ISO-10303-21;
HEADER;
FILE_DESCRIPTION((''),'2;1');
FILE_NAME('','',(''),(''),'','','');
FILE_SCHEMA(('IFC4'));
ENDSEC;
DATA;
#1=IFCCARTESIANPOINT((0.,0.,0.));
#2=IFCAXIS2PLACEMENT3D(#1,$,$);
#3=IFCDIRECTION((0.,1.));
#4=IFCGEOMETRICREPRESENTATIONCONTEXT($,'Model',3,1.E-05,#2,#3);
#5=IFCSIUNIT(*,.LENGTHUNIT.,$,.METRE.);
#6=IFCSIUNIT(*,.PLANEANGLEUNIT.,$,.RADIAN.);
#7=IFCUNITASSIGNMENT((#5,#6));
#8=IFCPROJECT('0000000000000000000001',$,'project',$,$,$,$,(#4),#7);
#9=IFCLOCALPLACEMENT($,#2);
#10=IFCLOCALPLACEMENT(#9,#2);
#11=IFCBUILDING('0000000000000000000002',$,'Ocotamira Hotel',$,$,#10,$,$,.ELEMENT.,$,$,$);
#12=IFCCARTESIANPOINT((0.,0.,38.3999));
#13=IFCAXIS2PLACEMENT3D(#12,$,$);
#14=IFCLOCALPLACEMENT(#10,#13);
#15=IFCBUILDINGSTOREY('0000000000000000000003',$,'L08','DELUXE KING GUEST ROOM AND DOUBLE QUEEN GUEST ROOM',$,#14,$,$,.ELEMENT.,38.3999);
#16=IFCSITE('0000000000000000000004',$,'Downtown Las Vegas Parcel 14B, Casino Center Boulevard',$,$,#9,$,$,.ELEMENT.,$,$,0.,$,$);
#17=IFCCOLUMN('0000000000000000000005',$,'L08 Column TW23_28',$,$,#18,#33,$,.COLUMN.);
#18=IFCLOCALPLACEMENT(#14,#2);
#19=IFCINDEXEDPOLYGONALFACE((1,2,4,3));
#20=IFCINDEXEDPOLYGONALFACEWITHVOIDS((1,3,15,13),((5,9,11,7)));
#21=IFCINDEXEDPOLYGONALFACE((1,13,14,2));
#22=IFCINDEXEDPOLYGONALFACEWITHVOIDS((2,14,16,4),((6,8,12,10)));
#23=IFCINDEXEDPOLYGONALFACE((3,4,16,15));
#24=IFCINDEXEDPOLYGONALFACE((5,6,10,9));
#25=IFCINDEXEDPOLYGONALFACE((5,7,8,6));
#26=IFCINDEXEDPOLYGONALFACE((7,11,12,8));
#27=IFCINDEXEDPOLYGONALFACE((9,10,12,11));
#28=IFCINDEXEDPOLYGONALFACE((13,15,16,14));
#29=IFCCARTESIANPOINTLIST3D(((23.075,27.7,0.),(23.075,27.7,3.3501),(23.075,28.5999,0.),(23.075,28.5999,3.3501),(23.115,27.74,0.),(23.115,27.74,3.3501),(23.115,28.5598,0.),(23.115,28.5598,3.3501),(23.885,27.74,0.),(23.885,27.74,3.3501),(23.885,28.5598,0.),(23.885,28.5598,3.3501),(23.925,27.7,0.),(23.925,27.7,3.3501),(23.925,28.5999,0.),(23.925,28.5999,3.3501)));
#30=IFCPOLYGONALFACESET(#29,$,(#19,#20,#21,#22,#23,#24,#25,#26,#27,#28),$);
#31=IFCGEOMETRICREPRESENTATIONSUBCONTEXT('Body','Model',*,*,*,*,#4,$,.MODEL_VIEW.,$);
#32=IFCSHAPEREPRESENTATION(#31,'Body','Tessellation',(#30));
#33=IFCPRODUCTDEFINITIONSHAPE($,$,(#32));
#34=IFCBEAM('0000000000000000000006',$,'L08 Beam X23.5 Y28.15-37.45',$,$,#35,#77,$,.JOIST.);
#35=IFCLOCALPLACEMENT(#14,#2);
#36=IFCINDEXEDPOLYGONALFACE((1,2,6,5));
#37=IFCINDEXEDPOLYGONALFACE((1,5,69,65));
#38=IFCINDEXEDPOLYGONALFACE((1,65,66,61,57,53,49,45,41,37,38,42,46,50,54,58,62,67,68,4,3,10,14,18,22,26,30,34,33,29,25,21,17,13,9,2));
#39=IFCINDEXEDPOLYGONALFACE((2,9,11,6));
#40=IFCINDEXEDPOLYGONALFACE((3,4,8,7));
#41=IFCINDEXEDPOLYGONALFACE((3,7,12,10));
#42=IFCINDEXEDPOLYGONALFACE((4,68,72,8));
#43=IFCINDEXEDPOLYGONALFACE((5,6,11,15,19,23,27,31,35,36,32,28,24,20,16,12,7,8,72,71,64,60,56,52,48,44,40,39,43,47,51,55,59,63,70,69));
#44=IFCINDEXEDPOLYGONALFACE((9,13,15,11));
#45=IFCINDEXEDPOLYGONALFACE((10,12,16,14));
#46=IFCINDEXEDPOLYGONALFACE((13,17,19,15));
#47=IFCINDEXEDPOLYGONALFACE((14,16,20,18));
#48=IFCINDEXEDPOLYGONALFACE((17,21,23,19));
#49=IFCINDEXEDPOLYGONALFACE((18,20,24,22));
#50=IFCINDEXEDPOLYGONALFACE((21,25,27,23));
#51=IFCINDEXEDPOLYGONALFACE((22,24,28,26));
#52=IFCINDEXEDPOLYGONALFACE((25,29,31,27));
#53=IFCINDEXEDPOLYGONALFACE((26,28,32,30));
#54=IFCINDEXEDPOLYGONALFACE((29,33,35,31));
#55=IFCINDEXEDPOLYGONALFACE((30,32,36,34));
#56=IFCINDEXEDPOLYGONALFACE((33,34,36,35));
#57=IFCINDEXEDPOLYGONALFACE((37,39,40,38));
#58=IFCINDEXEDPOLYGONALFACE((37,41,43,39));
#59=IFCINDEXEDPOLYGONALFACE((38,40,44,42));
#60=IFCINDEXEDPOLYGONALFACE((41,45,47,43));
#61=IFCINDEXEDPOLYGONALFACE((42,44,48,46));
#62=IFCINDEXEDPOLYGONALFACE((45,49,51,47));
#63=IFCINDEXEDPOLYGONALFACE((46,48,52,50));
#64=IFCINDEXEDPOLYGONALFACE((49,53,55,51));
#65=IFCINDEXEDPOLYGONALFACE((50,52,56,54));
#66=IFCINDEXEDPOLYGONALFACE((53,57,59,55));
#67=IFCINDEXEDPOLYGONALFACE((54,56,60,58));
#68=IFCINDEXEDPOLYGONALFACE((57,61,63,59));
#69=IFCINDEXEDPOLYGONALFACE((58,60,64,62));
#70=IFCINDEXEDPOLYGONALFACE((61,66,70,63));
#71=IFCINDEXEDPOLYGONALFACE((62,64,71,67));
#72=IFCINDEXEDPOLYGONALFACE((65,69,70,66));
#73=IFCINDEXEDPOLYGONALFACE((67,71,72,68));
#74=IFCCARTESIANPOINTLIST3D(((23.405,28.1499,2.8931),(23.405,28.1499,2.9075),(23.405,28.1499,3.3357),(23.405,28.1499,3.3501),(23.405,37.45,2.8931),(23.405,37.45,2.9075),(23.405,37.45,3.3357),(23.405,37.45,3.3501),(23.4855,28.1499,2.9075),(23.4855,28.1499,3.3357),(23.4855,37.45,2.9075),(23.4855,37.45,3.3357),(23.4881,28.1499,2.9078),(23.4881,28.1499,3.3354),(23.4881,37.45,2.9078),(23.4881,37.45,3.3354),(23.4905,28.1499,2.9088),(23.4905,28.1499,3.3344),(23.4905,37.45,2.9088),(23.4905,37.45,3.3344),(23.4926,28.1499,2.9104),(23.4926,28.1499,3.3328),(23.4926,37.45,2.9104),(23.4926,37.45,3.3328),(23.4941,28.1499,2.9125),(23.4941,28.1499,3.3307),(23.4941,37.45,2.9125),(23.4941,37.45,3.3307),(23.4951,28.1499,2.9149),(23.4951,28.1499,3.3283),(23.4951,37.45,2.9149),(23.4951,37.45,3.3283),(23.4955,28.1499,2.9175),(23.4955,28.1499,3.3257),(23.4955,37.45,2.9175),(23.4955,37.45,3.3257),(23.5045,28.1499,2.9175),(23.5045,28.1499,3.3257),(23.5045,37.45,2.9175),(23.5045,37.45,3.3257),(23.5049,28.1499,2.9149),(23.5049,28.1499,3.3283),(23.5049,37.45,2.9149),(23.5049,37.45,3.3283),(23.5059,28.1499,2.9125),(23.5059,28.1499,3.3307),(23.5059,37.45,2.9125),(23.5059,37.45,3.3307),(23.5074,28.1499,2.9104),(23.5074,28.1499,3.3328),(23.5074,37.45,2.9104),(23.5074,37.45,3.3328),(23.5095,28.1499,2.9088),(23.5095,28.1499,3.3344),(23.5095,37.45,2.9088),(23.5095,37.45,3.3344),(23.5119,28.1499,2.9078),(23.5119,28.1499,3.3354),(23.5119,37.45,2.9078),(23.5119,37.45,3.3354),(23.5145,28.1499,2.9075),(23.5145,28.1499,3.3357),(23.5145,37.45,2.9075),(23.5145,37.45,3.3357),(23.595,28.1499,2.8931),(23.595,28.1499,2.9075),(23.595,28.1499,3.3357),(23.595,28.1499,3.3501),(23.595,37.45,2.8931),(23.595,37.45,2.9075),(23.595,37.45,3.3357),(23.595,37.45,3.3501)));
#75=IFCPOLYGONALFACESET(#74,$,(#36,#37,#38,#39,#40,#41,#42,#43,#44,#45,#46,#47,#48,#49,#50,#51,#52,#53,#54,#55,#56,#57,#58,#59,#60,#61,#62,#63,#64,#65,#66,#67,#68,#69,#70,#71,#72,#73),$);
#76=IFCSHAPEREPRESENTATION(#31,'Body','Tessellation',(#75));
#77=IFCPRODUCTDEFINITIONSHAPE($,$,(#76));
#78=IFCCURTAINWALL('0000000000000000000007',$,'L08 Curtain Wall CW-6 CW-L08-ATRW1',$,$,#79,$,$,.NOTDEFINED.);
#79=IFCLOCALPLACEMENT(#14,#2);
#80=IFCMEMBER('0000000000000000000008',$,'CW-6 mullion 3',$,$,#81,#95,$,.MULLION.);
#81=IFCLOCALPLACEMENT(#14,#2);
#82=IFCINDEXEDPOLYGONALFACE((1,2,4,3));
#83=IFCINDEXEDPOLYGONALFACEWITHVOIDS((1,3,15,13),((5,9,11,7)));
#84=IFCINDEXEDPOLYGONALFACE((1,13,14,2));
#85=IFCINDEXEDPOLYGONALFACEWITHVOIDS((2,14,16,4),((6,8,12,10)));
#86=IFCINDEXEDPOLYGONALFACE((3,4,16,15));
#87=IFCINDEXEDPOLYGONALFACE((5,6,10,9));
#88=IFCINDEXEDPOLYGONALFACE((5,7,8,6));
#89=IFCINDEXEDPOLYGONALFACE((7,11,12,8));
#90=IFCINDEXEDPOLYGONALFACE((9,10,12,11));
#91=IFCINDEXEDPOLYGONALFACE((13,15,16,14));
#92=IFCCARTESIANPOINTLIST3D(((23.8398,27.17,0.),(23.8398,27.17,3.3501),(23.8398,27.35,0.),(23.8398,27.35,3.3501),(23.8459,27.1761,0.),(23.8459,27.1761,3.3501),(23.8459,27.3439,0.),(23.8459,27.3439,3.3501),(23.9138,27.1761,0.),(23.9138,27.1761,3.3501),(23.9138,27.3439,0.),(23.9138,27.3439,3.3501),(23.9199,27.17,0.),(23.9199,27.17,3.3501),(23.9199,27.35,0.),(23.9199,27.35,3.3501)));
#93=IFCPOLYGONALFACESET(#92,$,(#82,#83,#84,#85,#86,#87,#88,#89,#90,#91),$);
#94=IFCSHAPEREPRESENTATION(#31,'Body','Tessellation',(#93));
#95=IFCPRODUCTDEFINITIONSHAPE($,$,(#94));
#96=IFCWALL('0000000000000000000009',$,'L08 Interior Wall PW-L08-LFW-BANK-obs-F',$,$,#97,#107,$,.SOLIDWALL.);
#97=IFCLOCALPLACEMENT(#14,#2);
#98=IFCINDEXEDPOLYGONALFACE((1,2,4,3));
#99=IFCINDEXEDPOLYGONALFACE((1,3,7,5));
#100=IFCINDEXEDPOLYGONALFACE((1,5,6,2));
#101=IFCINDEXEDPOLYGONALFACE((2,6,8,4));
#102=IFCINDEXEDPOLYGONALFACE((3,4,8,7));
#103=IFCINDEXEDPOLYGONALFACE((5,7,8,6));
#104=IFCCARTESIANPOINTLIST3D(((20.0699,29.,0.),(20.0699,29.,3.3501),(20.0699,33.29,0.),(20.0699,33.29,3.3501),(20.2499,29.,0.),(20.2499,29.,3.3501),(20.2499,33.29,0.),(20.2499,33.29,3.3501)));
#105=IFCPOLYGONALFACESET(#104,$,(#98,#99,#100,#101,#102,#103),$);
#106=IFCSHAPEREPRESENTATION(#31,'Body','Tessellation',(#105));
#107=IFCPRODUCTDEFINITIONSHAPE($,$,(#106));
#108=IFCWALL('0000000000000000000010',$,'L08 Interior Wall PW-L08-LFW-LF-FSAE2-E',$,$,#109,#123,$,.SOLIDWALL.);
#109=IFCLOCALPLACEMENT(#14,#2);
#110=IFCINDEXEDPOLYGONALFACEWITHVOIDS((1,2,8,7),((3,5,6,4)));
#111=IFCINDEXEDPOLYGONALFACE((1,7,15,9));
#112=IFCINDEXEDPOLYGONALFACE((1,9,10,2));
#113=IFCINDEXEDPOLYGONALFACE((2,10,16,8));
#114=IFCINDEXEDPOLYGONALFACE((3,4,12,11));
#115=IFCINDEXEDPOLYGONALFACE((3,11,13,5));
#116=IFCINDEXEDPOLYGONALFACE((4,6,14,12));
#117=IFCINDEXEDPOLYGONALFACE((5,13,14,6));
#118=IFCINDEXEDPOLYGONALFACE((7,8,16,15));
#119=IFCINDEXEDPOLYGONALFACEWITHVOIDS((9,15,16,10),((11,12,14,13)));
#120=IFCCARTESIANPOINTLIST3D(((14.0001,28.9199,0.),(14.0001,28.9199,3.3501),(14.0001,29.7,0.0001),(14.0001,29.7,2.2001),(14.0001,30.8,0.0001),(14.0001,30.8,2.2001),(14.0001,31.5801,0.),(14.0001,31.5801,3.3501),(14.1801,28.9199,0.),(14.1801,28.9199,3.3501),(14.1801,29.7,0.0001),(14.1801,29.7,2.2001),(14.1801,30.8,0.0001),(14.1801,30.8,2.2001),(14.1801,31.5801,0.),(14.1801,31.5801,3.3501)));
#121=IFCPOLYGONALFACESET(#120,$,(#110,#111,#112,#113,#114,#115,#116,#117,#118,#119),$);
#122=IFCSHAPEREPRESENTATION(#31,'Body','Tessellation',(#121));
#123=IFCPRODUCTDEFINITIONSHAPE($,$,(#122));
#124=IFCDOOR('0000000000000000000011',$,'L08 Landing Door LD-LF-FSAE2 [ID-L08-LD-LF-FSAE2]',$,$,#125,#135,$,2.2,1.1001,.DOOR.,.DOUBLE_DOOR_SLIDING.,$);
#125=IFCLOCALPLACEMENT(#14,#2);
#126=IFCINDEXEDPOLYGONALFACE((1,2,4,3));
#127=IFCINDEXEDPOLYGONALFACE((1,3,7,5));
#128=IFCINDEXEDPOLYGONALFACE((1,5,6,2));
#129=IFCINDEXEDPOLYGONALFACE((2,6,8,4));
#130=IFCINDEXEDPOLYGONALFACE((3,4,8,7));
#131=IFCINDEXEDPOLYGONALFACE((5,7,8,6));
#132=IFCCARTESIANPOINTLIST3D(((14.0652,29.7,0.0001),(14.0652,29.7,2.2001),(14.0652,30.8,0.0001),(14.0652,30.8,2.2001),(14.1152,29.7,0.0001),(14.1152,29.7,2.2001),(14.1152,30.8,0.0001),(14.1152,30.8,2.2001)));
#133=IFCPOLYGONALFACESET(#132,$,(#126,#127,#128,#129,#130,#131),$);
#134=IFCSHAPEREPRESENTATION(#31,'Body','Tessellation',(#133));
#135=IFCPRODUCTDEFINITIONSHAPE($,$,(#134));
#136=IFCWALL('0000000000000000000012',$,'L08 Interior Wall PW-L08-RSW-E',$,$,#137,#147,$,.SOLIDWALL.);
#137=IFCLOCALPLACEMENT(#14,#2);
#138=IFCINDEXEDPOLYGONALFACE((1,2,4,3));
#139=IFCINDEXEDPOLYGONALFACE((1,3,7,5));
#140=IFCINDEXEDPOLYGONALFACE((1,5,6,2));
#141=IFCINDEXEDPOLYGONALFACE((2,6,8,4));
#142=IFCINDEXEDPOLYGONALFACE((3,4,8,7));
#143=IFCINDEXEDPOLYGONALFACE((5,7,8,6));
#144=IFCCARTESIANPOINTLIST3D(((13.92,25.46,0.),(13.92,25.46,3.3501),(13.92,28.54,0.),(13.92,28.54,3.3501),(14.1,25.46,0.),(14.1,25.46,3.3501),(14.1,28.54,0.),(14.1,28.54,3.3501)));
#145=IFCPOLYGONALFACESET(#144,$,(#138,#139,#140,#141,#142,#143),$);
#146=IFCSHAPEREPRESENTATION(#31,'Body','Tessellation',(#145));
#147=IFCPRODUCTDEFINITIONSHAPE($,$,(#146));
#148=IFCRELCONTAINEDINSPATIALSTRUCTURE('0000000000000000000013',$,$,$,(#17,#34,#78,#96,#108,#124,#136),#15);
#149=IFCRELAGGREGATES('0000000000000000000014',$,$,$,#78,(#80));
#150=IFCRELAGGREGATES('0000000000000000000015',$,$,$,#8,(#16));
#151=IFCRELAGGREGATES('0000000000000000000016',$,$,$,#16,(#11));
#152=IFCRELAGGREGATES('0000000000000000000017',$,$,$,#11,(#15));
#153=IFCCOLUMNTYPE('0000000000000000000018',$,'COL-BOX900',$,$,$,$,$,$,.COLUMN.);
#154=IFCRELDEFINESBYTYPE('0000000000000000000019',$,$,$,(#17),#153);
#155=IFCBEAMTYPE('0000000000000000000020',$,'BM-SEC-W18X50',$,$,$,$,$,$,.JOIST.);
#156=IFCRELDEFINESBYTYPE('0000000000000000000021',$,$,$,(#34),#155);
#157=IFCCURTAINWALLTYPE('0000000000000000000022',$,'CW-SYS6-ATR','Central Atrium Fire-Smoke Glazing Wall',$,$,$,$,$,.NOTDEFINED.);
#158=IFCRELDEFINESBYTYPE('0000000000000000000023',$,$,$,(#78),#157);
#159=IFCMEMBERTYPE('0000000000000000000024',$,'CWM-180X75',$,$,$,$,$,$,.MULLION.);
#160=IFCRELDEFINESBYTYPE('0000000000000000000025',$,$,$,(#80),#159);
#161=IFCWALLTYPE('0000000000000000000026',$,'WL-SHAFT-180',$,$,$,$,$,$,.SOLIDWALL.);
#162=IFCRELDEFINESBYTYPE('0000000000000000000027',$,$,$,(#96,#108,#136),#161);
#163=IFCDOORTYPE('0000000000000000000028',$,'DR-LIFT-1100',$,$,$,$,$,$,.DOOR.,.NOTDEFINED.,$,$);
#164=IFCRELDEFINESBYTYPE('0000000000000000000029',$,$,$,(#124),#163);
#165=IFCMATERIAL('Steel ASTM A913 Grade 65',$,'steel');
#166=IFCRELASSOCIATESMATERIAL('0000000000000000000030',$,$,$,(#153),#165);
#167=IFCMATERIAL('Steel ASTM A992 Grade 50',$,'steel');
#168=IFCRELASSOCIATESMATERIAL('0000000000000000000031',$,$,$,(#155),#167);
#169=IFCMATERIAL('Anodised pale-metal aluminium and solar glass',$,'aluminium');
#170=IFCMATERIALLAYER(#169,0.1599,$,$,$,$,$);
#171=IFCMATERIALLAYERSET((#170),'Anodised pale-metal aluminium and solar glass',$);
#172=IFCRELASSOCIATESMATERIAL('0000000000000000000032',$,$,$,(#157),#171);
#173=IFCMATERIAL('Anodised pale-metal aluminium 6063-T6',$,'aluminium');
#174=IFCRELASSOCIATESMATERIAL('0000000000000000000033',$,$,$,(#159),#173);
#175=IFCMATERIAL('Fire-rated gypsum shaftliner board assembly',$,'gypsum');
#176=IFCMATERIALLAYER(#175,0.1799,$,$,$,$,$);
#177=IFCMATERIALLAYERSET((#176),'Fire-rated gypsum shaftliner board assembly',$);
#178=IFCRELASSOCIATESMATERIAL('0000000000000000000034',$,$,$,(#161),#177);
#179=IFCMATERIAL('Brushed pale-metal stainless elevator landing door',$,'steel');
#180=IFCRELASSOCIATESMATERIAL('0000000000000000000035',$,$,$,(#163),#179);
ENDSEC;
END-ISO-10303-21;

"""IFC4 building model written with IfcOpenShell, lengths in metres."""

from ifc_helpers import new_model, si_unit, direction, frame, frame_2d, origin, origin_2d, place, context, subcontext, project, spatial, rectangle, hollow_rectangle, i_section, extrude, source, transform, mapped, material, layer, layer_set, material_profile, profile_set, type_object, element, fill, aggregate, save


model = new_model("IFC4")

# Units and contexts
model_context = context("Model", 3, precision=1e-05, world=origin(), true_north=direction((0.0, 1.0)))
body_context = subcontext(model_context, "Body", "Model", "MODEL_VIEW")
ifc_project = project(units=[si_unit("LENGTHUNIT", "METRE"), si_unit("PLANEANGLEUNIT", "RADIAN")], contexts=[model_context])

# Site, building, storey
site_placement = place(None, origin())
site = spatial("IfcSite", under=ifc_project, at=site_placement, Name="Downtown Las Vegas Parcel 14B, Casino Center Boulevard", CompositionType="ELEMENT", RefElevation=0.0)
building_placement = place(site_placement, origin())
building = spatial("IfcBuilding", under=site, at=building_placement, Name="Ocotamira Hotel", CompositionType="ELEMENT")
storey_placement = place(building_placement, frame((0.0, 0.0, 38.3999)))
storey = spatial("IfcBuildingStorey", under=building, at=storey_placement, Name="L08", Description="DELUXE KING GUEST ROOM AND DOUBLE QUEEN GUEST ROOM", CompositionType="ELEMENT", Elevation=38.3999)

# Column
ifc_material_1 = material(Name="Steel ASTM A913 Grade 65", Category="steel")
ifc_material_profile_1 = material_profile(ifc_material_1, hollow_rectangle(XDim=0.8501, YDim=0.8999, WallThickness=0.04, at=origin_2d()), Name="BOX900X850X40")
ifc_profile_set_1 = profile_set([ifc_material_profile_1], Name="Steel ASTM A913 Grade 65")
column_type = type_object("IfcColumnType", Name="COL-BOX900", PredefinedType="COLUMN", material=ifc_profile_set_1)
shared_shape_1 = source(origin(), body_context, "Body", "SweptSolid", [
    extrude(hollow_rectangle(XDim=0.8501, YDim=0.8999, WallThickness=0.04, at=origin_2d()), origin(), (0.0, 0.0, 1.0), 3.3501),
])
column_placement = place(storey_placement, frame((23.5, 28.1499, 0.0), z_axis=(0.0, 0.0, 1.0), x_axis=(1.0, 0.0, 0.0)))
element("IfcColumn", 1, at=column_placement, inside=storey, type_object=column_type, Name="L08 Column TW23_28", PredefinedType="COLUMN", context=body_context, shape_type="MappedRepresentation", body=[
    mapped(shared_shape_1, transform((0.0, 0.0, 0.0), scale=1.0)),
])

# Beam
ifc_material_2 = material(Name="Steel ASTM A992 Grade 50", Category="steel")
ifc_material_profile_2 = material_profile(ifc_material_2, i_section(OverallWidth=0.1899, OverallDepth=0.457, WebThickness=0.009, FlangeThickness=0.0144, FilletRadius=0.01, at=origin_2d()), Name="W18X50")
ifc_profile_set_2 = profile_set([ifc_material_profile_2], Name="Steel ASTM A992 Grade 50")
beam_type = type_object("IfcBeamType", Name="BM-SEC-W18X50", PredefinedType="JOIST", material=ifc_profile_set_2)
shared_shape_2 = source(origin(), body_context, "Body", "SweptSolid", [
    extrude(i_section(OverallWidth=0.1899, OverallDepth=0.457, WebThickness=0.009, FlangeThickness=0.0144, FilletRadius=0.01, at=origin_2d()), origin(), (0.0, 0.0, 1.0), 9.3),
])
beam_placement = place(storey_placement, frame((23.5, 28.1499, 3.1216), z_axis=(0.0, 1.0, 0.0), x_axis=(-1.0, 0.0, 0.0)))
element("IfcBeam", 2, at=beam_placement, inside=storey, type_object=beam_type, Name="L08 Beam X23.5 Y28.15-37.45", PredefinedType="JOIST", context=body_context, shape_type="MappedRepresentation", body=[
    mapped(shared_shape_2, transform((0.0, 0.0, 0.0), scale=1.0)),
])

# Curtain wall, member
ifc_material_3 = material(Name="Anodised pale-metal aluminium and solar glass", Category="aluminium")
ifc_layer_1 = layer(ifc_material_3, 0.1599)
ifc_layer_set_1 = layer_set([ifc_layer_1], Name="Anodised pale-metal aluminium and solar glass")
curtain_wall_type = type_object("IfcCurtainWallType", Name="CW-SYS6-ATR", Description="Central Atrium Fire-Smoke Glazing Wall", PredefinedType="NOTDEFINED", material=ifc_layer_set_1)
curtain_wall_placement = place(storey_placement, origin())
curtain_wall = element("IfcCurtainWall", 3, at=curtain_wall_placement, inside=storey, type_object=curtain_wall_type, Name="L08 Curtain Wall CW-6 CW-L08-ATRW1", PredefinedType="NOTDEFINED")
ifc_material_4 = material(Name="Anodised pale-metal aluminium 6063-T6", Category="aluminium")
ifc_material_profile_3 = material_profile(ifc_material_4, hollow_rectangle(XDim=0.0801, YDim=0.1799, WallThickness=0.0061, at=origin_2d()), Name="HSS180X80X6")
ifc_profile_set_3 = profile_set([ifc_material_profile_3], Name="Anodised pale-metal aluminium 6063-T6")
member_type = type_object("IfcMemberType", Name="CWM-180X75", PredefinedType="MULLION", material=ifc_profile_set_3)
shared_shape_3 = source(origin(), body_context, "Body", "SweptSolid", [
    extrude(hollow_rectangle(XDim=0.0801, YDim=0.1799, WallThickness=0.0061, at=origin_2d()), origin(), (0.0, 0.0, 1.0), 3.3501),
])
member_placement = place(storey_placement, frame((23.8799, 27.26, 0.0), z_axis=(0.0, 0.0, 1.0), x_axis=(-1.0, 0.0, 0.0)))
member = element("IfcMember", 4, at=member_placement, type_object=member_type, Name="CW-6 mullion 3", PredefinedType="MULLION", context=body_context, shape_type="MappedRepresentation", body=[
    mapped(shared_shape_3, transform((0.0, 0.0, 0.0), scale=1.0)),
])
aggregate(curtain_wall, [member])

# Wall
ifc_material_5 = material(Name="Fire-rated gypsum shaftliner board assembly", Category="gypsum")
ifc_layer_2 = layer(ifc_material_5, 0.1799)
ifc_layer_set_2 = layer_set([ifc_layer_2], Name="Fire-rated gypsum shaftliner board assembly")
wall_type_1 = type_object("IfcWallType", Name="WL-SHAFT-180", PredefinedType="SOLIDWALL", material=ifc_layer_set_2)
wall_1_placement = place(storey_placement, frame((20.1599, 29.0, 0.0), z_axis=(0.0, 0.0, 1.0), x_axis=(0.0, 1.0, 0.0)))
element("IfcWall", 5, at=wall_1_placement, inside=storey, type_object=wall_type_1, Name="L08 Interior Wall PW-L08-LFW-BANK-obs-F", PredefinedType="SOLIDWALL", context=body_context, shape_type="SweptSolid", body=[
    extrude(rectangle(XDim=4.29, YDim=0.1799, at=frame_2d((2.145, 0.0))), origin(), (0.0, 0.0, 1.0), 3.3501),
])

# Wall, opening, door
wall_2_placement = place(storey_placement, frame((14.0901, 28.9199, 0.0), z_axis=(0.0, 0.0, 1.0), x_axis=(0.0, 1.0, 0.0)))
wall_2 = element("IfcWall", 6, at=wall_2_placement, inside=storey, type_object=wall_type_1, Name="L08 Interior Wall PW-L08-LFW-LF-FSAE2-E", PredefinedType="SOLIDWALL", context=body_context, shape_type="SweptSolid", body=[
    extrude(rectangle(XDim=2.6602, YDim=0.1799, at=frame_2d((1.3301, 0.0))), origin(), (0.0, 0.0, 1.0), 3.3501),
])
opening_1_placement = place(wall_2_placement, frame((0.78, 0.0, 0.0)))
opening_1 = element("IfcOpeningElement", 7, at=opening_1_placement, cuts=wall_2, PredefinedType="OPENING", context=body_context, shape_type="SweptSolid", body=[
    extrude(rectangle(XDim=1.1001, YDim=2.2, at=frame_2d((0.55, 1.1001))), frame((0.0, 0.1001, 0.0), z_axis=(0.0, -1.0, 0.0), x_axis=(1.0, 0.0, 0.0)), (0.0, 0.0, 1.0), 0.2),
])
ifc_material_6 = material(Name="Brushed pale-metal stainless elevator landing door", Category="steel")
door_type_1 = type_object("IfcDoorType", Name="DR-LIFT-1100", OperationType="NOTDEFINED", PredefinedType="DOOR", material=ifc_material_6)
shared_shape_4 = source(origin(), body_context, "Body", "SweptSolid", [
    extrude(rectangle(XDim=1.1001, YDim=2.2, at=frame_2d((0.55, 1.1001))), frame((0.0, 0.0249, 0.0), z_axis=(0.0, -1.0, 0.0), x_axis=(1.0, 0.0, 0.0)), (0.0, 0.0, 1.0), 0.05),
])
door_1_placement = place(opening_1_placement, origin())
door_1 = element("IfcDoor", 8, at=door_1_placement, inside=storey, type_object=door_type_1, Name="L08 Landing Door LD-LF-FSAE2 [ID-L08-LD-LF-FSAE2]", OperationType="DOUBLE_DOOR_SLIDING", OverallHeight=2.2, OverallWidth=1.1001, PredefinedType="DOOR", context=body_context, shape_type="MappedRepresentation", body=[
    mapped(shared_shape_4, transform((0.0, 0.0, 0.0), scale=1.0)),
])
fill(opening_1, door_1)

# Wall
wall_3_placement = place(storey_placement, frame((14.01, 25.46, 0.0), z_axis=(0.0, 0.0, 1.0), x_axis=(0.0, 1.0, 0.0)))
element("IfcWall", 9, at=wall_3_placement, inside=storey, type_object=wall_type_1, Name="L08 Interior Wall PW-L08-RSW-E", PredefinedType="SOLIDWALL", context=body_context, shape_type="SweptSolid", body=[
    extrude(rectangle(XDim=3.0801, YDim=0.1799, at=frame_2d((1.54, 0.0))), origin(), (0.0, 0.0, 1.0), 3.3501),
])

save(model, "model.ifc")
